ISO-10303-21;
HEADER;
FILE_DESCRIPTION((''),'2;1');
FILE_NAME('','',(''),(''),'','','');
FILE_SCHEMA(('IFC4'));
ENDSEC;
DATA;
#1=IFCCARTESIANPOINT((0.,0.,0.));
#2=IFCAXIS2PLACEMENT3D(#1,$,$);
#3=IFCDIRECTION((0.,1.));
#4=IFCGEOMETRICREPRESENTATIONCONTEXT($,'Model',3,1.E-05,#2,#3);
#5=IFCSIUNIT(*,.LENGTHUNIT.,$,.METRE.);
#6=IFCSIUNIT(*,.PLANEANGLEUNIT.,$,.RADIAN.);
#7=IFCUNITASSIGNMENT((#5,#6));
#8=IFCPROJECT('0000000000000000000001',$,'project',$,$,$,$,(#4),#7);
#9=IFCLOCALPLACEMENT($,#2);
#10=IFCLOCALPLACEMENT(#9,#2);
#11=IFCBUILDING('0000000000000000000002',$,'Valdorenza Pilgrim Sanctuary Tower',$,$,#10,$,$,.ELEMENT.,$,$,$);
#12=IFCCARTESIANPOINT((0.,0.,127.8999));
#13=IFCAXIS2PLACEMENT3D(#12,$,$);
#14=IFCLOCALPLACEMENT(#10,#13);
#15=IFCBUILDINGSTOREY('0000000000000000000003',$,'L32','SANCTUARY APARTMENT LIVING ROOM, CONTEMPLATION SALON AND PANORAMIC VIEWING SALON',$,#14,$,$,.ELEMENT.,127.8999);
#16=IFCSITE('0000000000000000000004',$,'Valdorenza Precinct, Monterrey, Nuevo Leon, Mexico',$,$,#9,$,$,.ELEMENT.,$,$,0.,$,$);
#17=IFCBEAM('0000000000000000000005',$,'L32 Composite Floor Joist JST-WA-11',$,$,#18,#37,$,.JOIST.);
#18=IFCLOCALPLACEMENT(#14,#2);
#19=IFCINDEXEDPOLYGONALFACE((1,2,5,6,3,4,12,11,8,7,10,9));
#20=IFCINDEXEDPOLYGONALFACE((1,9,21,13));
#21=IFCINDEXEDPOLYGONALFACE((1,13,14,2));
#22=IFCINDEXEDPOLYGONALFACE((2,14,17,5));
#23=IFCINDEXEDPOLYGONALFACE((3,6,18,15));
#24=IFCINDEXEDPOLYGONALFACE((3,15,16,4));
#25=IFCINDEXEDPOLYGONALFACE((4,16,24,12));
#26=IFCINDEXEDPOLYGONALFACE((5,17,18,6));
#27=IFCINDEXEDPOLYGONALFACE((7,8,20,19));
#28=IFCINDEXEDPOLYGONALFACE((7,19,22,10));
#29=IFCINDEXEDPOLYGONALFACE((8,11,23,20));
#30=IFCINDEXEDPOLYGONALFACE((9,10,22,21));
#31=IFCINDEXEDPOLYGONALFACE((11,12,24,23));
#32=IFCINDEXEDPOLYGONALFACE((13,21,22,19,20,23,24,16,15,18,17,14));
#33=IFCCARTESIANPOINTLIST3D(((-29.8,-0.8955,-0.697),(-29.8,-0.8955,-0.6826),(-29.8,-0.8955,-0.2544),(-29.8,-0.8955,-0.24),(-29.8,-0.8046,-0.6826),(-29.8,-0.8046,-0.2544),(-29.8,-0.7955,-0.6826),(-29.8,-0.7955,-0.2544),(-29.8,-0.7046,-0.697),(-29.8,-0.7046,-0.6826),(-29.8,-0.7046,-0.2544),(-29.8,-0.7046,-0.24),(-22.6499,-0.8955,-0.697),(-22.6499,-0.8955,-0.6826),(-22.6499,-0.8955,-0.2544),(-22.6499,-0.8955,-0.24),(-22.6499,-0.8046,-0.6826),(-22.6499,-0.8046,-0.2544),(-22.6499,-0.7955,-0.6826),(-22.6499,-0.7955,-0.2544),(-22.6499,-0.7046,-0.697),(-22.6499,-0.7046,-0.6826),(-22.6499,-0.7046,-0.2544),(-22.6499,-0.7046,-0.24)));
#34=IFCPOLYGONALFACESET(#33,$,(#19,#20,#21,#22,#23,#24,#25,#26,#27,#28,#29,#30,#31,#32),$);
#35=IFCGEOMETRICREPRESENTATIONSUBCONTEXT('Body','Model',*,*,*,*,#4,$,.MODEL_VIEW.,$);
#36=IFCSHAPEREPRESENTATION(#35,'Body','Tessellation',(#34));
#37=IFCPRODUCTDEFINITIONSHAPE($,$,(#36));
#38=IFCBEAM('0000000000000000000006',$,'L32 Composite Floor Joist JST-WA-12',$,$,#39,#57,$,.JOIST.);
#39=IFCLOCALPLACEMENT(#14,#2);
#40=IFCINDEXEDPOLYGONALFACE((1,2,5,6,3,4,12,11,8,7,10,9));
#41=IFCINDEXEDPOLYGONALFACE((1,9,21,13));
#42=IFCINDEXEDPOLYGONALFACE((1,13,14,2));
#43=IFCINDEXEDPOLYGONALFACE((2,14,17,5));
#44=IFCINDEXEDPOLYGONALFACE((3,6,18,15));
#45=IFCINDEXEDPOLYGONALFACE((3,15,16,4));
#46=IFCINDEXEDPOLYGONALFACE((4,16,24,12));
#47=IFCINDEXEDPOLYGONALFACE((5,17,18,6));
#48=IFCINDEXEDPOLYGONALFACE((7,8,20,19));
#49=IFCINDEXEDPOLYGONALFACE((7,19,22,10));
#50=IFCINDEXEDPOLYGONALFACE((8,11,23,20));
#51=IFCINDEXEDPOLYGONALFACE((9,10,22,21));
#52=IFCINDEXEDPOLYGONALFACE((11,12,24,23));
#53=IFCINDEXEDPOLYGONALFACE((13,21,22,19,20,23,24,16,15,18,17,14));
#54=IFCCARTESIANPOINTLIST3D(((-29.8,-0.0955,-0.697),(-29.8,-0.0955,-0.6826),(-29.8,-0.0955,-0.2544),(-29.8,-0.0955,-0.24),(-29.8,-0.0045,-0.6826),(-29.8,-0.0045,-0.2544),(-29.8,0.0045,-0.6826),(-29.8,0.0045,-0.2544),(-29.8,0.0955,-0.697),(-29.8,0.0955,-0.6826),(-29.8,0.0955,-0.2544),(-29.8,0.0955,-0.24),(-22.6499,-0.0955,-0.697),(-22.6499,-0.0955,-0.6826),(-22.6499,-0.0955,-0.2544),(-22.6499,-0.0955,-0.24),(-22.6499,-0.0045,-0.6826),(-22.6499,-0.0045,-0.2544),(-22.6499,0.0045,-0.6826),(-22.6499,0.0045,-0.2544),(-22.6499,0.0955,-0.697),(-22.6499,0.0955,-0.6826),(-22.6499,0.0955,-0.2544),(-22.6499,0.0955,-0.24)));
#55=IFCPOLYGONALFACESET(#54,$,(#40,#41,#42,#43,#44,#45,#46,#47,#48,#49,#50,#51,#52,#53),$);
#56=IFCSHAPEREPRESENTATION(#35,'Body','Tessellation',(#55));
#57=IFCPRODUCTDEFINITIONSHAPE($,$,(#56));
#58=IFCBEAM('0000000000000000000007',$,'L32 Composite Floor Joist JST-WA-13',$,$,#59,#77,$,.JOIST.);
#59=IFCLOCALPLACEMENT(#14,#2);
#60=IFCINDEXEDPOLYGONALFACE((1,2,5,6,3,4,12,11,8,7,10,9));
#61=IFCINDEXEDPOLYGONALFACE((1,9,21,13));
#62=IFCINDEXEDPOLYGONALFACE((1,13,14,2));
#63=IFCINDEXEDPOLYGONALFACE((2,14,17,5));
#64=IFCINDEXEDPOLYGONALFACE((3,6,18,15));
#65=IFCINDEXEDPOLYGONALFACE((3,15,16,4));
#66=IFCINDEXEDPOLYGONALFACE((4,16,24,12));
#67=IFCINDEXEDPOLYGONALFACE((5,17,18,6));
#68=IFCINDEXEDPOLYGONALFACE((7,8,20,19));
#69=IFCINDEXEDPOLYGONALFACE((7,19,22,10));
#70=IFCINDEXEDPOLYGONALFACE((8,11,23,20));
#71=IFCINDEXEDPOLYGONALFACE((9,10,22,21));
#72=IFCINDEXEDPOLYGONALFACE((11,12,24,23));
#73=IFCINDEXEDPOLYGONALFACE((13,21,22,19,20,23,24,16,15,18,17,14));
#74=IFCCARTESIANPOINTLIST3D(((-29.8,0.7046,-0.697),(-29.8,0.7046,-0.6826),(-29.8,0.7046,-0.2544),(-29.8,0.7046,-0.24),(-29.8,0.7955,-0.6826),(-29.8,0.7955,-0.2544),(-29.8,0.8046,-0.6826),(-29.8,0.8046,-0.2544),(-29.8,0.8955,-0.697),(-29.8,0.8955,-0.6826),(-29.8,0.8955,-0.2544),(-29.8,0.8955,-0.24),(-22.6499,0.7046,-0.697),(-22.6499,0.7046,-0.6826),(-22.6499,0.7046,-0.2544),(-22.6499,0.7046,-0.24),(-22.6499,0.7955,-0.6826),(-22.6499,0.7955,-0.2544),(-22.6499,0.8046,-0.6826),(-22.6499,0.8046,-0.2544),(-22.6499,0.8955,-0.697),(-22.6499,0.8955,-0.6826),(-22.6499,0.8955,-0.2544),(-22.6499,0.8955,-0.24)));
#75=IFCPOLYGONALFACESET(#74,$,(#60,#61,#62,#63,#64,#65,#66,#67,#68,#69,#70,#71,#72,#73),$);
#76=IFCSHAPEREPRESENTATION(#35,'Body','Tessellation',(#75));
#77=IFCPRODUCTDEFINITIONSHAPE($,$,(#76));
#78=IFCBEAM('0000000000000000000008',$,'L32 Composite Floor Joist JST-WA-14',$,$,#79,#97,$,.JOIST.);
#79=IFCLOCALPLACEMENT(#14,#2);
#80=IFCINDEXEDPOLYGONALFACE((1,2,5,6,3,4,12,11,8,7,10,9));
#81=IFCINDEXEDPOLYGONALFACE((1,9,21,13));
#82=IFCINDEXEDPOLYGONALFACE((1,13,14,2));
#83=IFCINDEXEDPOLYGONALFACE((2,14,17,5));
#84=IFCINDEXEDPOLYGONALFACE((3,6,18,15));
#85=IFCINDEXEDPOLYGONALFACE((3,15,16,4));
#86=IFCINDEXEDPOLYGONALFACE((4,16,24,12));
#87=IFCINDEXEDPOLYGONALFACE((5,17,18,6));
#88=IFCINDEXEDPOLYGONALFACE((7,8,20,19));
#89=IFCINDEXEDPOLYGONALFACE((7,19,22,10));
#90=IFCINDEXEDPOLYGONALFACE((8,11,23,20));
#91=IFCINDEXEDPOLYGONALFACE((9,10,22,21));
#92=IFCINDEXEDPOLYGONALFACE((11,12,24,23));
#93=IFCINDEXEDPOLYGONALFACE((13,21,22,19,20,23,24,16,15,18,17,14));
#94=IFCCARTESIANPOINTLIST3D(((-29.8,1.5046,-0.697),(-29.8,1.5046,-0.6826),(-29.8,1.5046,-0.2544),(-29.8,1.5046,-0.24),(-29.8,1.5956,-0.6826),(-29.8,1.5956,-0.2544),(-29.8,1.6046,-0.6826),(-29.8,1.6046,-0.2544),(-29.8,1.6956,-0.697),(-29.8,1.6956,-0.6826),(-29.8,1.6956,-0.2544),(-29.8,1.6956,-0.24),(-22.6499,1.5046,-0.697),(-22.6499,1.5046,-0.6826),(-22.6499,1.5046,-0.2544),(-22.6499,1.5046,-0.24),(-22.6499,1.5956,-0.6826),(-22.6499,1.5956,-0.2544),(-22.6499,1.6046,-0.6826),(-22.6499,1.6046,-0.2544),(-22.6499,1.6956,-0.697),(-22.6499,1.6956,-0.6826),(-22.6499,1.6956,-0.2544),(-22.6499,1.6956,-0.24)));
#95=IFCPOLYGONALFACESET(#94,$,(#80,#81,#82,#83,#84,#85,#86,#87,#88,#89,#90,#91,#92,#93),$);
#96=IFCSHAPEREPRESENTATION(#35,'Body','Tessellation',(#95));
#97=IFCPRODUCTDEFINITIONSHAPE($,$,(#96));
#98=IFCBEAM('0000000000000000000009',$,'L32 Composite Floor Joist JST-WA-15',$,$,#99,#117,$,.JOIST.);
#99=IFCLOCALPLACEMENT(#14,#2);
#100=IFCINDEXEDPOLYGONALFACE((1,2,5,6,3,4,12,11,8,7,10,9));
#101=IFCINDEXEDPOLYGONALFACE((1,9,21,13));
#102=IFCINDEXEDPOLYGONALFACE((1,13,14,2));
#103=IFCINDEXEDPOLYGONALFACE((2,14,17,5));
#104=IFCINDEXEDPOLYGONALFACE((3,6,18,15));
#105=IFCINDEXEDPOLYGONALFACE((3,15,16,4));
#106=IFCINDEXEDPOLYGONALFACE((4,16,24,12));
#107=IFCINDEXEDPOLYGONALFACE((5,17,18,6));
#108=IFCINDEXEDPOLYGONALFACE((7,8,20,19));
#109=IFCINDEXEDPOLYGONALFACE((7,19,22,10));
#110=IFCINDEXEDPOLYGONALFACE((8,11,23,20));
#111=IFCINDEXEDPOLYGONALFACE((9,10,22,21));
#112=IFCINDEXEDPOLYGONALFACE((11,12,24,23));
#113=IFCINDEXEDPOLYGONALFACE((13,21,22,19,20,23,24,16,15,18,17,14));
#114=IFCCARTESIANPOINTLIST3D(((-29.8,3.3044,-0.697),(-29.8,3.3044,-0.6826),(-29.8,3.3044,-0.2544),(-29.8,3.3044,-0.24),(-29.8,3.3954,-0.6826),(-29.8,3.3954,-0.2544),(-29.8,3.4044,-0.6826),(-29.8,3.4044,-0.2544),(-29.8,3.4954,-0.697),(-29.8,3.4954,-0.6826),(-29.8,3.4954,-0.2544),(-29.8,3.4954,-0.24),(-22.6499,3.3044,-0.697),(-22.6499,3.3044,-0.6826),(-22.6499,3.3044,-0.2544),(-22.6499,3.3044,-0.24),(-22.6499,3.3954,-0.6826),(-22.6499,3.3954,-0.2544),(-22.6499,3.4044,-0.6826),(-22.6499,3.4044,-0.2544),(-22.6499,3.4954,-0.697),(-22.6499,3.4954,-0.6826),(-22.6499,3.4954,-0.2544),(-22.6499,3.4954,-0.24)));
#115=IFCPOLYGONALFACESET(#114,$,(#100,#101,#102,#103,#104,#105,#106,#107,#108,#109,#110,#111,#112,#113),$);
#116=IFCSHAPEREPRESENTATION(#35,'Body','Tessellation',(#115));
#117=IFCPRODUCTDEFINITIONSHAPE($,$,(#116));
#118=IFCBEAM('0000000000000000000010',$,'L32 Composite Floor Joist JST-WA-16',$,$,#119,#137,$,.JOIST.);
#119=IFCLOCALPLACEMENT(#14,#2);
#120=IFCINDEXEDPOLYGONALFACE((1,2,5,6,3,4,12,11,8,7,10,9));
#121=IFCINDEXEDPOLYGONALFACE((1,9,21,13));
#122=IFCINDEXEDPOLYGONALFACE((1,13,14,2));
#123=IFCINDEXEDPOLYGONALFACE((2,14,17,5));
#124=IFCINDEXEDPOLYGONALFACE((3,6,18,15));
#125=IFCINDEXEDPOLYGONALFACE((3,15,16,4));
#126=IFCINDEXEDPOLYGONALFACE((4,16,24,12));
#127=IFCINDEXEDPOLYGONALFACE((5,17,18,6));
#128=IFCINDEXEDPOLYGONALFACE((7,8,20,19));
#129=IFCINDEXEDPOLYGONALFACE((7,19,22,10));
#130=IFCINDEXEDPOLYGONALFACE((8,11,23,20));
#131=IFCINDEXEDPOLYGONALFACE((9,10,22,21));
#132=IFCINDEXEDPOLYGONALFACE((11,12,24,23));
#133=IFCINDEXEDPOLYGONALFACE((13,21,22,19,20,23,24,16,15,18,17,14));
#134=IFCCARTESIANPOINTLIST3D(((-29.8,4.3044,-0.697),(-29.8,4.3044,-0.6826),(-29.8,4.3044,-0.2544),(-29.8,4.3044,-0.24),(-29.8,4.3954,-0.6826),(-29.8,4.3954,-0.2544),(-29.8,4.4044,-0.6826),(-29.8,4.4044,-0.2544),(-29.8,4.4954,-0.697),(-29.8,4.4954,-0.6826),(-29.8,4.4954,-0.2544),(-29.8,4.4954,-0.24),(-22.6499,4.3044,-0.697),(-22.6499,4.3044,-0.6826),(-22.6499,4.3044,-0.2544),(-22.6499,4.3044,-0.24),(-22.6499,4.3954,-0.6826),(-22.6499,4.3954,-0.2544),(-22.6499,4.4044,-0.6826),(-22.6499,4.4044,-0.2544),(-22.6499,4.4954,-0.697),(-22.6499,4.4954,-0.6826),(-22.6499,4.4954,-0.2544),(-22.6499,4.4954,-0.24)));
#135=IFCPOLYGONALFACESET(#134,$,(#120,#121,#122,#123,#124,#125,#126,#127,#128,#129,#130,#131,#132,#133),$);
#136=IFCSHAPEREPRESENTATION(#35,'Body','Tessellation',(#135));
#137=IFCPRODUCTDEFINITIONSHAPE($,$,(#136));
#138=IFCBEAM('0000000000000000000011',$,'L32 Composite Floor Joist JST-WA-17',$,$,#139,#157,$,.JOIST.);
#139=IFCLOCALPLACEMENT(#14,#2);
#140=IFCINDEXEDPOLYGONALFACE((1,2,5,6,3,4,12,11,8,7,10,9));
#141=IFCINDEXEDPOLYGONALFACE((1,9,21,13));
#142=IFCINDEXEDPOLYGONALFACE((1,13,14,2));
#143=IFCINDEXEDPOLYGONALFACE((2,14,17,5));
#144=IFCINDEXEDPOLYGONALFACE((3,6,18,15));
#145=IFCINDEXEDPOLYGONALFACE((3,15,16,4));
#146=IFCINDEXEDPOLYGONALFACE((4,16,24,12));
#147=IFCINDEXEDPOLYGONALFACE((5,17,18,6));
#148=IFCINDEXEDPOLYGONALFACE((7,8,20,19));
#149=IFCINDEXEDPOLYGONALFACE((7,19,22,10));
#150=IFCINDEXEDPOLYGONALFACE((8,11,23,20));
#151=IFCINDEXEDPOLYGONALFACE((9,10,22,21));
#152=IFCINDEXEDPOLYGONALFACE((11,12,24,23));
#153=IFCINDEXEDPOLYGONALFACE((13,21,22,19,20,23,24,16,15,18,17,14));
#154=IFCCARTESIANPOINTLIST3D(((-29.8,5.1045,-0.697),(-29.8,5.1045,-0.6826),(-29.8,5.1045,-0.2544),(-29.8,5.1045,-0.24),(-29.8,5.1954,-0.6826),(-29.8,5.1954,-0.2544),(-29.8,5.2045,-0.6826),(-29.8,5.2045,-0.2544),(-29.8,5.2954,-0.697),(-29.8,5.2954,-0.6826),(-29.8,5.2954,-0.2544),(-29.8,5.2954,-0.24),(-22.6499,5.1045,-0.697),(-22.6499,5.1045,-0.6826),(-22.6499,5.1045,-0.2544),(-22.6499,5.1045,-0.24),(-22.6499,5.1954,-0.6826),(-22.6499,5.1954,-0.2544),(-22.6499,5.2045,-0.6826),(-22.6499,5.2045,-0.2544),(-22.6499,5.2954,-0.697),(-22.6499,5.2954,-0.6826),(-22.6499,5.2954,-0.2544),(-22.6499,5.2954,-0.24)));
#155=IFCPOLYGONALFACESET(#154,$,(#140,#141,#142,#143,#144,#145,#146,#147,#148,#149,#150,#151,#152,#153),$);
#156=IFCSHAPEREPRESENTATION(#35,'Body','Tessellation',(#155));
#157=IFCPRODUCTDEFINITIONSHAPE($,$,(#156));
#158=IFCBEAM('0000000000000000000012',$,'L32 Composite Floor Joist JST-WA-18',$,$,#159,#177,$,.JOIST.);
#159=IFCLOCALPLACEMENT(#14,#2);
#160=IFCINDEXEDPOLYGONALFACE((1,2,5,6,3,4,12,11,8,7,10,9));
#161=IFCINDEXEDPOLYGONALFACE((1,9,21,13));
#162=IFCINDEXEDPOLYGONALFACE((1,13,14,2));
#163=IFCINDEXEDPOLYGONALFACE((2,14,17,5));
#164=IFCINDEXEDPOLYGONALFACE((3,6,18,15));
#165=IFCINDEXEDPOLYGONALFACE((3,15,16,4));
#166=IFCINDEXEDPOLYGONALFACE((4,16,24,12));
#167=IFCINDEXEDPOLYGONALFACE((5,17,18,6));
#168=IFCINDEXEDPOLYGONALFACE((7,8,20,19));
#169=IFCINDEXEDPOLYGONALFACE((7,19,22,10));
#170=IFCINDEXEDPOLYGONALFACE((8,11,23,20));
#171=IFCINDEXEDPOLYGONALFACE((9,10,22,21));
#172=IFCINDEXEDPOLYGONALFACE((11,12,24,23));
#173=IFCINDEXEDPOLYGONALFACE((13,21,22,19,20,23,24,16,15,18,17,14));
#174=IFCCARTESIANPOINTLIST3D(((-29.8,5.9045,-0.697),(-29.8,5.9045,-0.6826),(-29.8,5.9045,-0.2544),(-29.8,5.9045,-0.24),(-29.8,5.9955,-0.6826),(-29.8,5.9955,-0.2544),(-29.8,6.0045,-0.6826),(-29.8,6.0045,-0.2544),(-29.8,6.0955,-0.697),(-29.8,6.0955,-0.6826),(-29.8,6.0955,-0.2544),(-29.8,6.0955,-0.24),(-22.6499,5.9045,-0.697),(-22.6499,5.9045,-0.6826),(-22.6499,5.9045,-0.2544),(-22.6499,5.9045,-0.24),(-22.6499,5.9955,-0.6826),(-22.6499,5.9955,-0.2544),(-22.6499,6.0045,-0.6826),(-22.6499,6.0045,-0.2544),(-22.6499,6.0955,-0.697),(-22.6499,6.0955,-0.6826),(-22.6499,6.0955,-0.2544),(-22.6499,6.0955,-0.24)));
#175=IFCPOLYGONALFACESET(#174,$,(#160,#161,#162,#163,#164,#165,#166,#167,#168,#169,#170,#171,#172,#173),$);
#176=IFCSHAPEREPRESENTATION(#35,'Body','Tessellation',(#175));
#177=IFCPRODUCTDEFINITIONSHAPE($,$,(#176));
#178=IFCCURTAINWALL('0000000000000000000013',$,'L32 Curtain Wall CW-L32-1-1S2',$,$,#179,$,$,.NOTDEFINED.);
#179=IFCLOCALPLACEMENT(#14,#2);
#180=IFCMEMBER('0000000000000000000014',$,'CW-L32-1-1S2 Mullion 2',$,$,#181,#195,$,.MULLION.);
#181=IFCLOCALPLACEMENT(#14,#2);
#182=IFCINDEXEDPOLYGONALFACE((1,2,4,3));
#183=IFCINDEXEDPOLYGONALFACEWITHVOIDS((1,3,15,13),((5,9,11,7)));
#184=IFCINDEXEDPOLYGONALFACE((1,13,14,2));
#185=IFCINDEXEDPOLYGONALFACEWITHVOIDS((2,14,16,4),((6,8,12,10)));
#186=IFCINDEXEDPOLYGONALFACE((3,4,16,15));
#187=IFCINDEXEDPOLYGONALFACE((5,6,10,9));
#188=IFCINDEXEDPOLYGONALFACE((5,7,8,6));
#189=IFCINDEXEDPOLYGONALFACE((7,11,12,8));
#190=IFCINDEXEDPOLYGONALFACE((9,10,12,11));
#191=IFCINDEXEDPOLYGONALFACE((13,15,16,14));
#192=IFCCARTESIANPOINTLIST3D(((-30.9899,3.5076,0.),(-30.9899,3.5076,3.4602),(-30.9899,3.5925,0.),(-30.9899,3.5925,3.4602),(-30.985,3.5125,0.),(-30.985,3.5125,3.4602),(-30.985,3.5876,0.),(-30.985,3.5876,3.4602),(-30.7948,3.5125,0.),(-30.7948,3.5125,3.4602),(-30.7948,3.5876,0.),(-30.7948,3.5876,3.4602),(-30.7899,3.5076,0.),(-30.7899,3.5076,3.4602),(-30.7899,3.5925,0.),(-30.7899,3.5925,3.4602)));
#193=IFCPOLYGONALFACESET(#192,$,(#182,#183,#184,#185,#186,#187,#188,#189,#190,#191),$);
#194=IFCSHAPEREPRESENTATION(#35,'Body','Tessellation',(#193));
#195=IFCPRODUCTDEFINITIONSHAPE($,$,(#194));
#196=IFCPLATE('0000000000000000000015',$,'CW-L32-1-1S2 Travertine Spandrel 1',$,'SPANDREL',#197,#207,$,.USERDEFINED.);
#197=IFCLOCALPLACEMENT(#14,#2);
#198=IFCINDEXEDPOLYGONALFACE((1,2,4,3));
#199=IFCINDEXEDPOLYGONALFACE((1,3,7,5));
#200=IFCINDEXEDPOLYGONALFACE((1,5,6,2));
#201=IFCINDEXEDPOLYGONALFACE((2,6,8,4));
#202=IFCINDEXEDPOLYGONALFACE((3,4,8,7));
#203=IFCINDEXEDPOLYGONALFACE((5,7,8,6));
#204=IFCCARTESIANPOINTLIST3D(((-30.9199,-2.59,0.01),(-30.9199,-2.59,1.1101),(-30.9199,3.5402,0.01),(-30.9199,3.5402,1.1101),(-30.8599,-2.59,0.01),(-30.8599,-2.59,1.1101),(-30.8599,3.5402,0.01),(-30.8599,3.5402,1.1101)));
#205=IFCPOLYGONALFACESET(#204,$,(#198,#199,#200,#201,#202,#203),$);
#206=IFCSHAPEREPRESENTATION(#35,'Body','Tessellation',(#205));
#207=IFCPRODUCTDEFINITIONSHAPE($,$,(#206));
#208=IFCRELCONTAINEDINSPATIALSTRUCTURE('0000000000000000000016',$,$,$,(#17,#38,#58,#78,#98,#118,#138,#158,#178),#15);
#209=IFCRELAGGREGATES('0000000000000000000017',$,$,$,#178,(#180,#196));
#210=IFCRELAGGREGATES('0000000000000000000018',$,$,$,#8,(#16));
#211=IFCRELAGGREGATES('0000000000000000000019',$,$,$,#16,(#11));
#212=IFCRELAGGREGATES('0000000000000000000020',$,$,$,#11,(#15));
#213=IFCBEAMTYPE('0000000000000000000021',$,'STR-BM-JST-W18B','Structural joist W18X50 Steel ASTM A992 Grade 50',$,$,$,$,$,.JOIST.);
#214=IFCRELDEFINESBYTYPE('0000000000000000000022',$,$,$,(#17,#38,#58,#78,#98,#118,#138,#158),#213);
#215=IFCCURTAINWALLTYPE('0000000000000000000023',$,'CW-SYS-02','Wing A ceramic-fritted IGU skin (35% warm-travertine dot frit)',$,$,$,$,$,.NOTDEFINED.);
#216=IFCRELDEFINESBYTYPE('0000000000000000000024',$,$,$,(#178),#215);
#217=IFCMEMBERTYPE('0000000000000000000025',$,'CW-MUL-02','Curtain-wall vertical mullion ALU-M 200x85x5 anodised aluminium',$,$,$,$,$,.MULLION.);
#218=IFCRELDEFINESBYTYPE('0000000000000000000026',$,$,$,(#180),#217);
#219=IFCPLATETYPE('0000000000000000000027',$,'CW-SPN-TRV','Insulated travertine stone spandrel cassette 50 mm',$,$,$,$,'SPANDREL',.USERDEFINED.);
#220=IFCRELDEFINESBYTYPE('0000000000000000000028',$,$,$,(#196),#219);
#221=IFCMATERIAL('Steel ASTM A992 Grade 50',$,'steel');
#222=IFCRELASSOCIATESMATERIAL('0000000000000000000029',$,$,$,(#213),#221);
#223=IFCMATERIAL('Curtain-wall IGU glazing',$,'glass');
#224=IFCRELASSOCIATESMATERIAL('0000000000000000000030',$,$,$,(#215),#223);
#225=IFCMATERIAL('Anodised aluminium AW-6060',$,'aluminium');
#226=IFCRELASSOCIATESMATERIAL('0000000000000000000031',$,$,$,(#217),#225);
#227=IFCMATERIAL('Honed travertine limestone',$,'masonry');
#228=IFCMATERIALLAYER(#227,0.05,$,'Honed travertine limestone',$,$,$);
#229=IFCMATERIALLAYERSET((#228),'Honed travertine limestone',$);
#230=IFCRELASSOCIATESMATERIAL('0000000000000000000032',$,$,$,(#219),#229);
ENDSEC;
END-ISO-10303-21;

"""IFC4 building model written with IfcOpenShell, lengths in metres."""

from ifc_helpers import new_model, si_unit, direction, frame, origin, origin_2d, place, context, subcontext, project, spatial, rectangle, hollow_rectangle, i_section, extrude, source, transform, mapped, material, layer, layer_set, material_profile, profile_set, type_object, element, aggregate, save


model = new_model("IFC4")

# Units and contexts
model_context = context("Model", 3, precision=1e-05, world=origin(), true_north=direction((0.0, 1.0)))
body_context = subcontext(model_context, "Body", "Model", "MODEL_VIEW")
ifc_project = project(units=[si_unit("LENGTHUNIT", "METRE"), si_unit("PLANEANGLEUNIT", "RADIAN")], contexts=[model_context])

# Site, building, storey
site_placement = place(None, origin())
site = spatial("IfcSite", under=ifc_project, at=site_placement, Name="Valdorenza Precinct, Monterrey, Nuevo Leon, Mexico", CompositionType="ELEMENT", RefElevation=0.0)
building_placement = place(site_placement, origin())
building = spatial("IfcBuilding", under=site, at=building_placement, Name="Valdorenza Pilgrim Sanctuary Tower", CompositionType="ELEMENT")
storey_placement = place(building_placement, frame((0.0, 0.0, 127.8999)))
storey = spatial("IfcBuildingStorey", under=building, at=storey_placement, Name="L32", Description="SANCTUARY APARTMENT LIVING ROOM, CONTEMPLATION SALON AND PANORAMIC VIEWING SALON", CompositionType="ELEMENT", Elevation=127.8999)

# Beams
ifc_material_1 = material(Name="Steel ASTM A992 Grade 50", Category="steel")
ifc_material_profile_1 = material_profile(ifc_material_1, i_section(OverallWidth=0.1909, OverallDepth=0.457, WebThickness=0.009, FlangeThickness=0.0144, at=origin_2d()), Name="W18X50")
ifc_profile_set_1 = profile_set([ifc_material_profile_1], Name="Steel ASTM A992 Grade 50")
beam_type = type_object("IfcBeamType", Name="STR-BM-JST-W18B", Description="Structural joist W18X50 Steel ASTM A992 Grade 50", PredefinedType="JOIST", material=ifc_profile_set_1)
shared_shape_1 = source(origin(), body_context, "Body", "SweptSolid", [
    extrude(i_section(OverallWidth=0.1909, OverallDepth=0.457, WebThickness=0.009, FlangeThickness=0.0144, at=origin_2d()), origin(), (0.0, 0.0, 1.0), 7.1501),
])
for number, where, z_axis, x_axis, name in (
    (1, (-29.8, -0.8, -0.4685), (1.0, 0.0, 0.0), (0.0, 1.0, 0.0), "L32 Composite Floor Joist JST-WA-11"),
    (2, (-29.8, 0.0, -0.4685), (1.0, 0.0, 0.0), (0.0, 1.0, 0.0), "L32 Composite Floor Joist JST-WA-12"),
    (3, (-29.8, 0.8, -0.4685), (1.0, 0.0, 0.0), (0.0, 1.0, 0.0), "L32 Composite Floor Joist JST-WA-13"),
    (4, (-29.8, 1.6001, -0.4685), (1.0, 0.0, 0.0), (0.0, 1.0, 0.0), "L32 Composite Floor Joist JST-WA-14"),
    (5, (-29.8, 3.3999, -0.4685), (1.0, 0.0, 0.0), (0.0, 1.0, 0.0), "L32 Composite Floor Joist JST-WA-15"),
    (6, (-29.8, 4.3999, -0.4685), (1.0, 0.0, 0.0), (0.0, 1.0, 0.0), "L32 Composite Floor Joist JST-WA-16"),
    (7, (-29.8, 5.2, -0.4685), (1.0, 0.0, 0.0), (0.0, 1.0, 0.0), "L32 Composite Floor Joist JST-WA-17"),
    (8, (-29.8, 6.0, -0.4685), (1.0, 0.0, 0.0), (0.0, 1.0, 0.0), "L32 Composite Floor Joist JST-WA-18"),
):
    element("IfcBeam", number, at=place(storey_placement, frame(where, z_axis=z_axis, x_axis=x_axis)), inside=storey, type_object=beam_type, Name=name, PredefinedType="JOIST", context=body_context, shape_type="MappedRepresentation", body=[
        mapped(shared_shape_1, transform((0.0, 0.0, 0.0), x_axis=(1.0, 0.0, 0.0), y_axis=(0.0, 1.0, 0.0), z_axis=(0.0, 0.0, 1.0), scale=1.0)),
    ])

# Curtain wall, member, plate
ifc_material_2 = material(Name="Curtain-wall IGU glazing", Category="glass")
curtain_wall_type = type_object("IfcCurtainWallType", Name="CW-SYS-02", Description="Wing A ceramic-fritted IGU skin (35% warm-travertine dot frit)", PredefinedType="NOTDEFINED", material=ifc_material_2)
curtain_wall_placement = place(storey_placement, origin())
curtain_wall = element("IfcCurtainWall", 9, at=curtain_wall_placement, inside=storey, type_object=curtain_wall_type, Name="L32 Curtain Wall CW-L32-1-1S2", PredefinedType="NOTDEFINED")
ifc_material_3 = material(Name="Anodised aluminium AW-6060", Category="aluminium")
ifc_material_profile_2 = material_profile(ifc_material_3, hollow_rectangle(XDim=0.085, YDim=0.2, WallThickness=0.0049, at=origin_2d()), Name="ALU-M 200x85x5")
ifc_profile_set_2 = profile_set([ifc_material_profile_2], Name="Anodised aluminium AW-6060")
member_type = type_object("IfcMemberType", Name="CW-MUL-02", Description="Curtain-wall vertical mullion ALU-M 200x85x5 anodised aluminium", PredefinedType="MULLION", material=ifc_profile_set_2)
shared_shape_2 = source(origin(), body_context, "Body", "SweptSolid", [
    extrude(hollow_rectangle(XDim=0.085, YDim=0.2, WallThickness=0.0049, at=origin_2d()), origin(), (0.0, 0.0, 1.0), 3.4602),
])
member_placement = place(storey_placement, frame((-30.8899, 3.55, 0.0), z_axis=(0.0, 0.0, 1.0), x_axis=(0.0, 1.0, 0.0)))
member = element("IfcMember", 10, at=member_placement, type_object=member_type, Name="CW-L32-1-1S2 Mullion 2", PredefinedType="MULLION", context=body_context, shape_type="MappedRepresentation", body=[
    mapped(shared_shape_2, transform((0.0, 0.0, 0.0), x_axis=(1.0, 0.0, 0.0), y_axis=(0.0, 1.0, 0.0), z_axis=(0.0, 0.0, 1.0), scale=1.0)),
])
ifc_material_4 = material(Name="Honed travertine limestone", Category="masonry")
ifc_layer_1 = layer(ifc_material_4, 0.05, Name="Honed travertine limestone")
ifc_layer_set_1 = layer_set([ifc_layer_1], Name="Honed travertine limestone")
plate_type_1 = type_object("IfcPlateType", Name="CW-SPN-TRV", Description="Insulated travertine stone spandrel cassette 50 mm", ElementType="SPANDREL", PredefinedType="USERDEFINED", material=ifc_layer_set_1)
shared_shape_3 = source(origin(), body_context, "Body", "SweptSolid", [
    extrude(rectangle(XDim=6.1301, YDim=0.0601, at=origin_2d()), origin(), (0.0, 0.0, 1.0), 1.1001),
])
plate_1_placement = place(storey_placement, frame((-30.8899, 0.4751, 0.01), z_axis=(0.0, 0.0, 1.0), x_axis=(0.0, 1.0, 0.0)))
plate_1 = element("IfcPlate", 11, at=plate_1_placement, type_object=plate_type_1, Name="CW-L32-1-1S2 Travertine Spandrel 1", ObjectType="SPANDREL", PredefinedType="USERDEFINED", context=body_context, shape_type="MappedRepresentation", body=[
    mapped(shared_shape_3, transform((0.0, 0.0, 0.0), x_axis=(1.0, 0.0, 0.0), y_axis=(0.0, 1.0, 0.0), z_axis=(0.0, 0.0, 1.0), scale=1.0)),
])
aggregate(curtain_wall, [member, plate_1])

save(model, "model.ifc")
